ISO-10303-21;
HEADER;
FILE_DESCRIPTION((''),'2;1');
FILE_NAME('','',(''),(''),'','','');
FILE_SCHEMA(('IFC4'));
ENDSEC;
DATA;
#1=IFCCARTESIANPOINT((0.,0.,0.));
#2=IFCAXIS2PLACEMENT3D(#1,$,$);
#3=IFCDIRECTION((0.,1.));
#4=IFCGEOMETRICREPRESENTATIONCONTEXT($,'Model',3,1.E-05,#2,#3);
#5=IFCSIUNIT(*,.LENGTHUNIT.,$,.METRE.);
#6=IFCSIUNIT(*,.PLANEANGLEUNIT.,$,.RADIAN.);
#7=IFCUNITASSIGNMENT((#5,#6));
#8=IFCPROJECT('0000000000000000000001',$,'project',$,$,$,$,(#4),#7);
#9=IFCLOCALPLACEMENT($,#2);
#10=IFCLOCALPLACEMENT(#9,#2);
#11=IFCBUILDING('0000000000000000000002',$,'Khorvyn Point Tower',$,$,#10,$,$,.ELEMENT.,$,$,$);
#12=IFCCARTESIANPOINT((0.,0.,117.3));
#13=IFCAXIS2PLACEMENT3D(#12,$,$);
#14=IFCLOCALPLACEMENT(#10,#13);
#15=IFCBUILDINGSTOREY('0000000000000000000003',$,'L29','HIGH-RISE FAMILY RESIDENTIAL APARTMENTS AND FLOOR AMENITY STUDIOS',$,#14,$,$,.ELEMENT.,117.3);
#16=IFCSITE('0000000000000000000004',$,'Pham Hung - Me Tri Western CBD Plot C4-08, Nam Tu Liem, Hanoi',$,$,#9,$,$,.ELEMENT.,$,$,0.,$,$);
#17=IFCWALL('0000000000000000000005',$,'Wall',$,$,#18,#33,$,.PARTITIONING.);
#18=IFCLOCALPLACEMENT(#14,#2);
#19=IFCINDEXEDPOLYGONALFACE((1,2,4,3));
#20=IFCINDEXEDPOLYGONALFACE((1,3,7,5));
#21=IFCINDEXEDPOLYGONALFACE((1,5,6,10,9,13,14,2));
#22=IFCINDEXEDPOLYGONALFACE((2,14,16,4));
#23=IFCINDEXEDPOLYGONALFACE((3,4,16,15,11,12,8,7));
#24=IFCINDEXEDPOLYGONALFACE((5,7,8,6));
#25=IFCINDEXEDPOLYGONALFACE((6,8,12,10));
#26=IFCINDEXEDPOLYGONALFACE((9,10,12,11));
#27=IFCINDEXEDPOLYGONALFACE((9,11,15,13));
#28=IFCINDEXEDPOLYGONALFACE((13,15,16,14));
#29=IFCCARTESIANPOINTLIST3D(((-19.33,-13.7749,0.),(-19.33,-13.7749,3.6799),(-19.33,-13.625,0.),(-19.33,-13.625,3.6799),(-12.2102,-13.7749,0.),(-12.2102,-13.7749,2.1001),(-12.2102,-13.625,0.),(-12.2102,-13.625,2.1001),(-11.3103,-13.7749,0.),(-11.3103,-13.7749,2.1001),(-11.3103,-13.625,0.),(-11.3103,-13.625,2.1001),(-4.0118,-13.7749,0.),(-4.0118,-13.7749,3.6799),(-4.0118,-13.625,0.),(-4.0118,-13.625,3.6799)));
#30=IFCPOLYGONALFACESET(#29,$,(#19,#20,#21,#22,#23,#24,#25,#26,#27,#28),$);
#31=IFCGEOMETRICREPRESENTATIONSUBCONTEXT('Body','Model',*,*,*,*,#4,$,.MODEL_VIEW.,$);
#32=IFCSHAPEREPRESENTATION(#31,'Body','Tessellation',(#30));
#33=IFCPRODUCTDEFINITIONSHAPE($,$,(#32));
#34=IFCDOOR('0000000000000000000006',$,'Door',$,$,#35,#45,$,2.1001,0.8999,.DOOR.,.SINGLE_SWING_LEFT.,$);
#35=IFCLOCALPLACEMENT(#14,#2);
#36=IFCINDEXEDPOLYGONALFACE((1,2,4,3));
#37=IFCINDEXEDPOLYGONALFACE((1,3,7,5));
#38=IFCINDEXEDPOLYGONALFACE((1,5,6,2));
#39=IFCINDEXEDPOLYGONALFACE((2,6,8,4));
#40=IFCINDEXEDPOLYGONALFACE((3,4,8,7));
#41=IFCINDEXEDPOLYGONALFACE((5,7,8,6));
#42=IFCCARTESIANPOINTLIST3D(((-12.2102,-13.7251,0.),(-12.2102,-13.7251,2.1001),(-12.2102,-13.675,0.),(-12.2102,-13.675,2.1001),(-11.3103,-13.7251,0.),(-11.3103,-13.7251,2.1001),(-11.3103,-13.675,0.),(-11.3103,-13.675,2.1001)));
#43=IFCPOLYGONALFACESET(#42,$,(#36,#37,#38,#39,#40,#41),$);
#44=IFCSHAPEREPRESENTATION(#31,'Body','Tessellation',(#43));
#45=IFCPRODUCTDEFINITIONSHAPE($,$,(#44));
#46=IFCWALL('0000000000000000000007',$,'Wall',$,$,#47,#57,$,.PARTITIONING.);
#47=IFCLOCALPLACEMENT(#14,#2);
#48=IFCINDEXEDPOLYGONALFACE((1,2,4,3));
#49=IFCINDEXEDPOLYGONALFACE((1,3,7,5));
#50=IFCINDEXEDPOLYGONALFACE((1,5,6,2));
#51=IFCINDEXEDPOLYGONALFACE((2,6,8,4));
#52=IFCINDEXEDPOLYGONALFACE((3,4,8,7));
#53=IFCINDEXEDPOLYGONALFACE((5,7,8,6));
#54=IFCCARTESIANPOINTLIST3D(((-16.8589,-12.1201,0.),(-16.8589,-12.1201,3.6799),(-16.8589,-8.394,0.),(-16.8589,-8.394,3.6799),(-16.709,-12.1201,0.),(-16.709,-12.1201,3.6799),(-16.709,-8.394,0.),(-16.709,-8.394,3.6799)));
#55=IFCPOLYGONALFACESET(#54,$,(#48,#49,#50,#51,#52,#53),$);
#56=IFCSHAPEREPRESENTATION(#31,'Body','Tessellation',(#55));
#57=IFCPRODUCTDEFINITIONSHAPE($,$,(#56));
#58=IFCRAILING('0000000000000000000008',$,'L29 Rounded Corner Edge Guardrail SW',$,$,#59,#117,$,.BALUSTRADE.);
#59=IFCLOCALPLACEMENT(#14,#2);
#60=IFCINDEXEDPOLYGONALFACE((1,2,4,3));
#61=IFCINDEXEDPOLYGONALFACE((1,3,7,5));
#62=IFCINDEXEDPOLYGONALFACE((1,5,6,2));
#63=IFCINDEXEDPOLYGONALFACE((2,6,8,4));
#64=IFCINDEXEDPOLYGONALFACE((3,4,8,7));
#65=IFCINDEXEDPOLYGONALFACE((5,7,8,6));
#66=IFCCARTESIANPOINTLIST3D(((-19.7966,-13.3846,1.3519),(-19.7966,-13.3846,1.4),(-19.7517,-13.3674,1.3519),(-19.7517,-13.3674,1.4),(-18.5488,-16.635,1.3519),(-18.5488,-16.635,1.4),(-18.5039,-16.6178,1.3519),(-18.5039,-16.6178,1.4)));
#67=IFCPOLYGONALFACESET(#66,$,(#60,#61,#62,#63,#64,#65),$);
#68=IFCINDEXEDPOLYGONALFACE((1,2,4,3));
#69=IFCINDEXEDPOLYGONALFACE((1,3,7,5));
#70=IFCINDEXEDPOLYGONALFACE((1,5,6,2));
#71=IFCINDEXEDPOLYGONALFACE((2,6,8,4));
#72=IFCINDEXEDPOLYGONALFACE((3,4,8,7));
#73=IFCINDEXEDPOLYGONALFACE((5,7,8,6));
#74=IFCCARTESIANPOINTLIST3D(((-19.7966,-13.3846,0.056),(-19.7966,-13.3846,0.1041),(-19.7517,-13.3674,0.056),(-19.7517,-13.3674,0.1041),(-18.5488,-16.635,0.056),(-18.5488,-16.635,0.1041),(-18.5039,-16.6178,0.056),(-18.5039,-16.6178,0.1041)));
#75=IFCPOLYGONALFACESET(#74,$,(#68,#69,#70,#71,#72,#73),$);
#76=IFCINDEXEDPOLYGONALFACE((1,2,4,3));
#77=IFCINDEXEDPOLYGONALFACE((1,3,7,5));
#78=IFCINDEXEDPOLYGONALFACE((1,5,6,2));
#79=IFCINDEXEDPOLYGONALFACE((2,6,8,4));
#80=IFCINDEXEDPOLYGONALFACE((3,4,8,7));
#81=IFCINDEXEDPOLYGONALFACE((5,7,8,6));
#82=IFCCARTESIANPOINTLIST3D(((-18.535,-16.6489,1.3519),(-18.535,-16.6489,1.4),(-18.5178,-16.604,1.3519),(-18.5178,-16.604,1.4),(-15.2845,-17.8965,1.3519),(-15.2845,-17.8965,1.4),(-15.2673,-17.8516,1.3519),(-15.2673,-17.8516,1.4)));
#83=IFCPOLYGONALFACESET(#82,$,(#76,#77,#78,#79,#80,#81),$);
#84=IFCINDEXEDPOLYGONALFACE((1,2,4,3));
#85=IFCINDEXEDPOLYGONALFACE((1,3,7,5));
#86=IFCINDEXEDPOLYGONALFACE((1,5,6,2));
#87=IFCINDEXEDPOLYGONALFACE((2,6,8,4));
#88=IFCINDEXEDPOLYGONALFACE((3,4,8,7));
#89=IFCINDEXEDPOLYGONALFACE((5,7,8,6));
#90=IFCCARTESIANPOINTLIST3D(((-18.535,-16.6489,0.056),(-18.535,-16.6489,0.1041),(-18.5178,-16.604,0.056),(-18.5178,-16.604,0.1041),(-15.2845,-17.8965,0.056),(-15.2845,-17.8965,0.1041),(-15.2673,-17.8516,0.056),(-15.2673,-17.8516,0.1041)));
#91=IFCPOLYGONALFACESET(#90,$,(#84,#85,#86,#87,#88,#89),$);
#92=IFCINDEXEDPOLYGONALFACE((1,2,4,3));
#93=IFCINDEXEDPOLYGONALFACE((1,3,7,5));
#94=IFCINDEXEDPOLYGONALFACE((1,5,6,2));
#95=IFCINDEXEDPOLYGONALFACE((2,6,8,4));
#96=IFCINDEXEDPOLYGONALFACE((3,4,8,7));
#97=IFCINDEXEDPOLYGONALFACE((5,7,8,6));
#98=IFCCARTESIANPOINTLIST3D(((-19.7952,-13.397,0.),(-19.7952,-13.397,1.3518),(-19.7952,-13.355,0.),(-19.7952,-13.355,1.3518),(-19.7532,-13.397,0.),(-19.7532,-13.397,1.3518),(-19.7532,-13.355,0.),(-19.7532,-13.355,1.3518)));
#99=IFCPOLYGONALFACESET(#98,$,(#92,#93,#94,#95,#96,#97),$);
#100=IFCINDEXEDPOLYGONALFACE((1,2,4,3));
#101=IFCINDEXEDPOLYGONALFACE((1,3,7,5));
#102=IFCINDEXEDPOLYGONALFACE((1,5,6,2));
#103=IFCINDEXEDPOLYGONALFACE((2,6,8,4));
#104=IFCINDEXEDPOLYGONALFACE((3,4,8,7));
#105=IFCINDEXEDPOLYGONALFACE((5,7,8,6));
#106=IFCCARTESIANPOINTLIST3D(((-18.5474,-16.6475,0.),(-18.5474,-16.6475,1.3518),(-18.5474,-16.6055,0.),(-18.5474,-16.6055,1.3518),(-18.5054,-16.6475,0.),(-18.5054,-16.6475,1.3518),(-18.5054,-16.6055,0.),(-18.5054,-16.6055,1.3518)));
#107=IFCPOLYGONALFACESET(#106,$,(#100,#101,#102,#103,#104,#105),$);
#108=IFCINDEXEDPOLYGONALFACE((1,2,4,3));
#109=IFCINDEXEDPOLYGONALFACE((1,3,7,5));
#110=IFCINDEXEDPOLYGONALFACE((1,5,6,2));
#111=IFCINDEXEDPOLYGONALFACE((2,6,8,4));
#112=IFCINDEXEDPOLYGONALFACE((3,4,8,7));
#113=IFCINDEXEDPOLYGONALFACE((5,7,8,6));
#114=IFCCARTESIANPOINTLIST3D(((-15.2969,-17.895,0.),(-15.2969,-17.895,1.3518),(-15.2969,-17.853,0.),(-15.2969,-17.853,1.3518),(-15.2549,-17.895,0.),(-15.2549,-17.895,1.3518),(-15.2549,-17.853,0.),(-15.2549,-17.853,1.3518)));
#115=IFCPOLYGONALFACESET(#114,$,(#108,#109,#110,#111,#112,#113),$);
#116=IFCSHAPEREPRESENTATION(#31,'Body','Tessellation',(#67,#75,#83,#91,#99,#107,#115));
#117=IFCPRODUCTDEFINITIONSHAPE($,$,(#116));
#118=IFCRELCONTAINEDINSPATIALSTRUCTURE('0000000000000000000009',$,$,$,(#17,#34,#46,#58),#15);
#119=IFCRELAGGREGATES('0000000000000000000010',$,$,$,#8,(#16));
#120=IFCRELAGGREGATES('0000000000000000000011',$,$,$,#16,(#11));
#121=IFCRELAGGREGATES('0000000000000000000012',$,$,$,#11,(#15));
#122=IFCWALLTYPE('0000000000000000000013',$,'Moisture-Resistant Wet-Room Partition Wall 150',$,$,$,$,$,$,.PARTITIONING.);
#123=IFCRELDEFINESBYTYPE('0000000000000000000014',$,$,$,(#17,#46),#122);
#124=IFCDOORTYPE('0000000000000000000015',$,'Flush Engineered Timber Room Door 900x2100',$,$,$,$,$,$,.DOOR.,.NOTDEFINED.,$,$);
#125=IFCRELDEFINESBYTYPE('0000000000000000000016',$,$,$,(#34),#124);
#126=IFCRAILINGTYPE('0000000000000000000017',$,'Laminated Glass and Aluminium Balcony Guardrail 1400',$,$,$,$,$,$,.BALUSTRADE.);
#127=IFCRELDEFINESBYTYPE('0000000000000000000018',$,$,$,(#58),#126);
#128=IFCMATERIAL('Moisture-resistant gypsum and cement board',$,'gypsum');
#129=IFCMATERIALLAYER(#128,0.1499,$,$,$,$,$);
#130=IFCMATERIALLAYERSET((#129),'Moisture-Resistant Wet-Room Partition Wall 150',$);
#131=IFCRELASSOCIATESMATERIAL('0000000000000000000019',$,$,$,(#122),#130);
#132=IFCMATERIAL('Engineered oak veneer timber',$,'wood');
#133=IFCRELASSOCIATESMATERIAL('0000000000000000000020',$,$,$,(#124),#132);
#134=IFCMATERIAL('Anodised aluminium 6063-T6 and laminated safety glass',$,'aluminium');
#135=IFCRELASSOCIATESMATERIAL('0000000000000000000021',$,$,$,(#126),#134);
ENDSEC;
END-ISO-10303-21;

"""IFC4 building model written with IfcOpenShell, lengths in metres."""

from ifc_helpers import new_model, si_unit, direction, frame, frame_2d, origin, origin_2d, place, context, subcontext, project, spatial, rectangle, extrude, material, layer, layer_set, type_object, element, fill, save


model = new_model("IFC4")

# Units and contexts
model_context = context("Model", 3, precision=1e-05, world=origin(), true_north=direction((0.0, 1.0)))
body_context = subcontext(model_context, "Body", "Model", "MODEL_VIEW")
ifc_project = project(units=[si_unit("LENGTHUNIT", "METRE"), si_unit("PLANEANGLEUNIT", "RADIAN")], contexts=[model_context])

# Site, building, storey
site_placement = place(None, origin())
site = spatial("IfcSite", under=ifc_project, at=site_placement, Name="Pham Hung - Me Tri Western CBD Plot C4-08, Nam Tu Liem, Hanoi", CompositionType="ELEMENT", RefElevation=0.0)
building_placement = place(site_placement, origin())
building = spatial("IfcBuilding", under=site, at=building_placement, Name="Khorvyn Point Tower", CompositionType="ELEMENT")
storey_placement = place(building_placement, frame((0.0, 0.0, 117.3)))
storey = spatial("IfcBuildingStorey", under=building, at=storey_placement, Name="L29", Description="HIGH-RISE FAMILY RESIDENTIAL APARTMENTS AND FLOOR AMENITY STUDIOS", CompositionType="ELEMENT", Elevation=117.3)

# Wall, opening, door
ifc_material_1 = material(Name="Moisture-resistant gypsum and cement board", Category="gypsum")
ifc_layer_1 = layer(ifc_material_1, 0.1499)
ifc_layer_set_1 = layer_set([ifc_layer_1], Name="Moisture-Resistant Wet-Room Partition Wall 150")
wall_type_1 = type_object("IfcWallType", Name="Moisture-Resistant Wet-Room Partition Wall 150", PredefinedType="PARTITIONING", material=ifc_layer_set_1)
wall_1_placement = place(storey_placement, frame((-19.3301, -13.7, 0.0), z_axis=(0.0, 0.0, 1.0), x_axis=(1.0, 0.0, 0.0)))
wall_1 = element("IfcWall", 1, at=wall_1_placement, inside=storey, type_object=wall_type_1, Name="Wall", PredefinedType="PARTITIONING", context=body_context, shape_type="SweptSolid", body=[
    extrude(rectangle(XDim=15.3181, YDim=0.1499, at=frame_2d((7.6592, 0.0))), origin(), (0.0, 0.0, 1.0), 3.6799),
])
opening_placement = place(wall_1_placement, frame((7.1199, 0.0, 0.0)))
opening = element("IfcOpeningElement", 2, at=opening_placement, cuts=wall_1, PredefinedType="OPENING", context=body_context, shape_type="SweptSolid", body=[
    extrude(rectangle(XDim=0.8999, YDim=2.1001, at=frame_2d((0.45, 1.05))), frame((0.0, 0.085, 0.0), z_axis=(0.0, -1.0, 0.0), x_axis=(1.0, 0.0, 0.0)), (0.0, 0.0, 1.0), 0.1699),
])
ifc_material_2 = material(Name="Engineered oak veneer timber", Category="wood")
door_type = type_object("IfcDoorType", Name="Flush Engineered Timber Room Door 900x2100", OperationType="NOTDEFINED", PredefinedType="DOOR", material=ifc_material_2)
door_placement = place(opening_placement, origin())
door = element("IfcDoor", 3, at=door_placement, inside=storey, type_object=door_type, Name="Door", OperationType="SINGLE_SWING_LEFT", OverallHeight=2.1001, OverallWidth=0.8999, PredefinedType="DOOR", context=body_context, shape_type="SweptSolid", body=[
    extrude(rectangle(XDim=0.8999, YDim=2.1001, at=frame_2d((0.45, 1.05))), frame((0.0, 0.0249, 0.0), z_axis=(0.0, -1.0, 0.0), x_axis=(1.0, 0.0, 0.0)), (0.0, 0.0, 1.0), 0.05),
])
fill(opening, door)

# Wall
wall_2_placement = place(storey_placement, frame((-16.7839, -12.1201, 0.0), z_axis=(0.0, 0.0, 1.0), x_axis=(0.0, 1.0, 0.0)))
element("IfcWall", 4, at=wall_2_placement, inside=storey, type_object=wall_type_1, Name="Wall", PredefinedType="PARTITIONING", context=body_context, shape_type="SweptSolid", body=[
    extrude(rectangle(XDim=3.7261, YDim=0.1499, at=frame_2d((1.863, 0.0))), origin(), (0.0, 0.0, 1.0), 3.6799),
])

# Railing
ifc_material_3 = material(Name="Anodised aluminium 6063-T6 and laminated safety glass", Category="aluminium")
railing_type = type_object("IfcRailingType", Name="Laminated Glass and Aluminium Balcony Guardrail 1400", PredefinedType="BALUSTRADE", material=ifc_material_3)
railing_1_placement = place(storey_placement, frame((-19.7742, -13.376, 0.0)))
element("IfcRailing", 5, at=railing_1_placement, inside=storey, type_object=railing_type, Name="L29 Rounded Corner Edge Guardrail SW", PredefinedType="BALUSTRADE", context=body_context, shape_type="SweptSolid", body=[
    extrude(rectangle(XDim=0.0481, YDim=0.0481, at=origin_2d()), frame((0.0, 0.0, 1.376), z_axis=(0.358382, -0.933575, 0.0), x_axis=(0.933575, 0.358382, 0.0)), (0.0, 0.0, 1.0), 3.4817),
    extrude(rectangle(XDim=0.0481, YDim=0.0481, at=origin_2d()), frame((0.0, 0.0, 0.0801), z_axis=(0.358382, -0.933575, 0.0), x_axis=(0.933575, 0.358382, 0.0)), (0.0, 0.0, 1.0), 3.4817),
    extrude(rectangle(XDim=0.0481, YDim=0.0481, at=origin_2d()), frame((1.2478, -3.2505, 1.376), z_axis=(0.933598, -0.358321, 0.0), x_axis=(0.358321, 0.933598, 0.0)), (0.0, 0.0, 1.0), 3.4817),
    extrude(rectangle(XDim=0.0481, YDim=0.0481, at=origin_2d()), frame((1.2478, -3.2505, 0.0801), z_axis=(0.933598, -0.358321, 0.0), x_axis=(0.358321, 0.933598, 0.0)), (0.0, 0.0, 1.0), 3.4817),
    extrude(rectangle(XDim=0.042, YDim=0.042, at=origin_2d()), origin(), (0.0, 0.0, 1.0), 1.3518),
    extrude(rectangle(XDim=0.042, YDim=0.042, at=origin_2d()), frame((1.2478, -3.2505, 0.0)), (0.0, 0.0, 1.0), 1.3518),
    extrude(rectangle(XDim=0.042, YDim=0.042, at=origin_2d()), frame((4.4983, -4.498, 0.0)), (0.0, 0.0, 1.0), 1.3518),
])

save(model, "model.ifc")
